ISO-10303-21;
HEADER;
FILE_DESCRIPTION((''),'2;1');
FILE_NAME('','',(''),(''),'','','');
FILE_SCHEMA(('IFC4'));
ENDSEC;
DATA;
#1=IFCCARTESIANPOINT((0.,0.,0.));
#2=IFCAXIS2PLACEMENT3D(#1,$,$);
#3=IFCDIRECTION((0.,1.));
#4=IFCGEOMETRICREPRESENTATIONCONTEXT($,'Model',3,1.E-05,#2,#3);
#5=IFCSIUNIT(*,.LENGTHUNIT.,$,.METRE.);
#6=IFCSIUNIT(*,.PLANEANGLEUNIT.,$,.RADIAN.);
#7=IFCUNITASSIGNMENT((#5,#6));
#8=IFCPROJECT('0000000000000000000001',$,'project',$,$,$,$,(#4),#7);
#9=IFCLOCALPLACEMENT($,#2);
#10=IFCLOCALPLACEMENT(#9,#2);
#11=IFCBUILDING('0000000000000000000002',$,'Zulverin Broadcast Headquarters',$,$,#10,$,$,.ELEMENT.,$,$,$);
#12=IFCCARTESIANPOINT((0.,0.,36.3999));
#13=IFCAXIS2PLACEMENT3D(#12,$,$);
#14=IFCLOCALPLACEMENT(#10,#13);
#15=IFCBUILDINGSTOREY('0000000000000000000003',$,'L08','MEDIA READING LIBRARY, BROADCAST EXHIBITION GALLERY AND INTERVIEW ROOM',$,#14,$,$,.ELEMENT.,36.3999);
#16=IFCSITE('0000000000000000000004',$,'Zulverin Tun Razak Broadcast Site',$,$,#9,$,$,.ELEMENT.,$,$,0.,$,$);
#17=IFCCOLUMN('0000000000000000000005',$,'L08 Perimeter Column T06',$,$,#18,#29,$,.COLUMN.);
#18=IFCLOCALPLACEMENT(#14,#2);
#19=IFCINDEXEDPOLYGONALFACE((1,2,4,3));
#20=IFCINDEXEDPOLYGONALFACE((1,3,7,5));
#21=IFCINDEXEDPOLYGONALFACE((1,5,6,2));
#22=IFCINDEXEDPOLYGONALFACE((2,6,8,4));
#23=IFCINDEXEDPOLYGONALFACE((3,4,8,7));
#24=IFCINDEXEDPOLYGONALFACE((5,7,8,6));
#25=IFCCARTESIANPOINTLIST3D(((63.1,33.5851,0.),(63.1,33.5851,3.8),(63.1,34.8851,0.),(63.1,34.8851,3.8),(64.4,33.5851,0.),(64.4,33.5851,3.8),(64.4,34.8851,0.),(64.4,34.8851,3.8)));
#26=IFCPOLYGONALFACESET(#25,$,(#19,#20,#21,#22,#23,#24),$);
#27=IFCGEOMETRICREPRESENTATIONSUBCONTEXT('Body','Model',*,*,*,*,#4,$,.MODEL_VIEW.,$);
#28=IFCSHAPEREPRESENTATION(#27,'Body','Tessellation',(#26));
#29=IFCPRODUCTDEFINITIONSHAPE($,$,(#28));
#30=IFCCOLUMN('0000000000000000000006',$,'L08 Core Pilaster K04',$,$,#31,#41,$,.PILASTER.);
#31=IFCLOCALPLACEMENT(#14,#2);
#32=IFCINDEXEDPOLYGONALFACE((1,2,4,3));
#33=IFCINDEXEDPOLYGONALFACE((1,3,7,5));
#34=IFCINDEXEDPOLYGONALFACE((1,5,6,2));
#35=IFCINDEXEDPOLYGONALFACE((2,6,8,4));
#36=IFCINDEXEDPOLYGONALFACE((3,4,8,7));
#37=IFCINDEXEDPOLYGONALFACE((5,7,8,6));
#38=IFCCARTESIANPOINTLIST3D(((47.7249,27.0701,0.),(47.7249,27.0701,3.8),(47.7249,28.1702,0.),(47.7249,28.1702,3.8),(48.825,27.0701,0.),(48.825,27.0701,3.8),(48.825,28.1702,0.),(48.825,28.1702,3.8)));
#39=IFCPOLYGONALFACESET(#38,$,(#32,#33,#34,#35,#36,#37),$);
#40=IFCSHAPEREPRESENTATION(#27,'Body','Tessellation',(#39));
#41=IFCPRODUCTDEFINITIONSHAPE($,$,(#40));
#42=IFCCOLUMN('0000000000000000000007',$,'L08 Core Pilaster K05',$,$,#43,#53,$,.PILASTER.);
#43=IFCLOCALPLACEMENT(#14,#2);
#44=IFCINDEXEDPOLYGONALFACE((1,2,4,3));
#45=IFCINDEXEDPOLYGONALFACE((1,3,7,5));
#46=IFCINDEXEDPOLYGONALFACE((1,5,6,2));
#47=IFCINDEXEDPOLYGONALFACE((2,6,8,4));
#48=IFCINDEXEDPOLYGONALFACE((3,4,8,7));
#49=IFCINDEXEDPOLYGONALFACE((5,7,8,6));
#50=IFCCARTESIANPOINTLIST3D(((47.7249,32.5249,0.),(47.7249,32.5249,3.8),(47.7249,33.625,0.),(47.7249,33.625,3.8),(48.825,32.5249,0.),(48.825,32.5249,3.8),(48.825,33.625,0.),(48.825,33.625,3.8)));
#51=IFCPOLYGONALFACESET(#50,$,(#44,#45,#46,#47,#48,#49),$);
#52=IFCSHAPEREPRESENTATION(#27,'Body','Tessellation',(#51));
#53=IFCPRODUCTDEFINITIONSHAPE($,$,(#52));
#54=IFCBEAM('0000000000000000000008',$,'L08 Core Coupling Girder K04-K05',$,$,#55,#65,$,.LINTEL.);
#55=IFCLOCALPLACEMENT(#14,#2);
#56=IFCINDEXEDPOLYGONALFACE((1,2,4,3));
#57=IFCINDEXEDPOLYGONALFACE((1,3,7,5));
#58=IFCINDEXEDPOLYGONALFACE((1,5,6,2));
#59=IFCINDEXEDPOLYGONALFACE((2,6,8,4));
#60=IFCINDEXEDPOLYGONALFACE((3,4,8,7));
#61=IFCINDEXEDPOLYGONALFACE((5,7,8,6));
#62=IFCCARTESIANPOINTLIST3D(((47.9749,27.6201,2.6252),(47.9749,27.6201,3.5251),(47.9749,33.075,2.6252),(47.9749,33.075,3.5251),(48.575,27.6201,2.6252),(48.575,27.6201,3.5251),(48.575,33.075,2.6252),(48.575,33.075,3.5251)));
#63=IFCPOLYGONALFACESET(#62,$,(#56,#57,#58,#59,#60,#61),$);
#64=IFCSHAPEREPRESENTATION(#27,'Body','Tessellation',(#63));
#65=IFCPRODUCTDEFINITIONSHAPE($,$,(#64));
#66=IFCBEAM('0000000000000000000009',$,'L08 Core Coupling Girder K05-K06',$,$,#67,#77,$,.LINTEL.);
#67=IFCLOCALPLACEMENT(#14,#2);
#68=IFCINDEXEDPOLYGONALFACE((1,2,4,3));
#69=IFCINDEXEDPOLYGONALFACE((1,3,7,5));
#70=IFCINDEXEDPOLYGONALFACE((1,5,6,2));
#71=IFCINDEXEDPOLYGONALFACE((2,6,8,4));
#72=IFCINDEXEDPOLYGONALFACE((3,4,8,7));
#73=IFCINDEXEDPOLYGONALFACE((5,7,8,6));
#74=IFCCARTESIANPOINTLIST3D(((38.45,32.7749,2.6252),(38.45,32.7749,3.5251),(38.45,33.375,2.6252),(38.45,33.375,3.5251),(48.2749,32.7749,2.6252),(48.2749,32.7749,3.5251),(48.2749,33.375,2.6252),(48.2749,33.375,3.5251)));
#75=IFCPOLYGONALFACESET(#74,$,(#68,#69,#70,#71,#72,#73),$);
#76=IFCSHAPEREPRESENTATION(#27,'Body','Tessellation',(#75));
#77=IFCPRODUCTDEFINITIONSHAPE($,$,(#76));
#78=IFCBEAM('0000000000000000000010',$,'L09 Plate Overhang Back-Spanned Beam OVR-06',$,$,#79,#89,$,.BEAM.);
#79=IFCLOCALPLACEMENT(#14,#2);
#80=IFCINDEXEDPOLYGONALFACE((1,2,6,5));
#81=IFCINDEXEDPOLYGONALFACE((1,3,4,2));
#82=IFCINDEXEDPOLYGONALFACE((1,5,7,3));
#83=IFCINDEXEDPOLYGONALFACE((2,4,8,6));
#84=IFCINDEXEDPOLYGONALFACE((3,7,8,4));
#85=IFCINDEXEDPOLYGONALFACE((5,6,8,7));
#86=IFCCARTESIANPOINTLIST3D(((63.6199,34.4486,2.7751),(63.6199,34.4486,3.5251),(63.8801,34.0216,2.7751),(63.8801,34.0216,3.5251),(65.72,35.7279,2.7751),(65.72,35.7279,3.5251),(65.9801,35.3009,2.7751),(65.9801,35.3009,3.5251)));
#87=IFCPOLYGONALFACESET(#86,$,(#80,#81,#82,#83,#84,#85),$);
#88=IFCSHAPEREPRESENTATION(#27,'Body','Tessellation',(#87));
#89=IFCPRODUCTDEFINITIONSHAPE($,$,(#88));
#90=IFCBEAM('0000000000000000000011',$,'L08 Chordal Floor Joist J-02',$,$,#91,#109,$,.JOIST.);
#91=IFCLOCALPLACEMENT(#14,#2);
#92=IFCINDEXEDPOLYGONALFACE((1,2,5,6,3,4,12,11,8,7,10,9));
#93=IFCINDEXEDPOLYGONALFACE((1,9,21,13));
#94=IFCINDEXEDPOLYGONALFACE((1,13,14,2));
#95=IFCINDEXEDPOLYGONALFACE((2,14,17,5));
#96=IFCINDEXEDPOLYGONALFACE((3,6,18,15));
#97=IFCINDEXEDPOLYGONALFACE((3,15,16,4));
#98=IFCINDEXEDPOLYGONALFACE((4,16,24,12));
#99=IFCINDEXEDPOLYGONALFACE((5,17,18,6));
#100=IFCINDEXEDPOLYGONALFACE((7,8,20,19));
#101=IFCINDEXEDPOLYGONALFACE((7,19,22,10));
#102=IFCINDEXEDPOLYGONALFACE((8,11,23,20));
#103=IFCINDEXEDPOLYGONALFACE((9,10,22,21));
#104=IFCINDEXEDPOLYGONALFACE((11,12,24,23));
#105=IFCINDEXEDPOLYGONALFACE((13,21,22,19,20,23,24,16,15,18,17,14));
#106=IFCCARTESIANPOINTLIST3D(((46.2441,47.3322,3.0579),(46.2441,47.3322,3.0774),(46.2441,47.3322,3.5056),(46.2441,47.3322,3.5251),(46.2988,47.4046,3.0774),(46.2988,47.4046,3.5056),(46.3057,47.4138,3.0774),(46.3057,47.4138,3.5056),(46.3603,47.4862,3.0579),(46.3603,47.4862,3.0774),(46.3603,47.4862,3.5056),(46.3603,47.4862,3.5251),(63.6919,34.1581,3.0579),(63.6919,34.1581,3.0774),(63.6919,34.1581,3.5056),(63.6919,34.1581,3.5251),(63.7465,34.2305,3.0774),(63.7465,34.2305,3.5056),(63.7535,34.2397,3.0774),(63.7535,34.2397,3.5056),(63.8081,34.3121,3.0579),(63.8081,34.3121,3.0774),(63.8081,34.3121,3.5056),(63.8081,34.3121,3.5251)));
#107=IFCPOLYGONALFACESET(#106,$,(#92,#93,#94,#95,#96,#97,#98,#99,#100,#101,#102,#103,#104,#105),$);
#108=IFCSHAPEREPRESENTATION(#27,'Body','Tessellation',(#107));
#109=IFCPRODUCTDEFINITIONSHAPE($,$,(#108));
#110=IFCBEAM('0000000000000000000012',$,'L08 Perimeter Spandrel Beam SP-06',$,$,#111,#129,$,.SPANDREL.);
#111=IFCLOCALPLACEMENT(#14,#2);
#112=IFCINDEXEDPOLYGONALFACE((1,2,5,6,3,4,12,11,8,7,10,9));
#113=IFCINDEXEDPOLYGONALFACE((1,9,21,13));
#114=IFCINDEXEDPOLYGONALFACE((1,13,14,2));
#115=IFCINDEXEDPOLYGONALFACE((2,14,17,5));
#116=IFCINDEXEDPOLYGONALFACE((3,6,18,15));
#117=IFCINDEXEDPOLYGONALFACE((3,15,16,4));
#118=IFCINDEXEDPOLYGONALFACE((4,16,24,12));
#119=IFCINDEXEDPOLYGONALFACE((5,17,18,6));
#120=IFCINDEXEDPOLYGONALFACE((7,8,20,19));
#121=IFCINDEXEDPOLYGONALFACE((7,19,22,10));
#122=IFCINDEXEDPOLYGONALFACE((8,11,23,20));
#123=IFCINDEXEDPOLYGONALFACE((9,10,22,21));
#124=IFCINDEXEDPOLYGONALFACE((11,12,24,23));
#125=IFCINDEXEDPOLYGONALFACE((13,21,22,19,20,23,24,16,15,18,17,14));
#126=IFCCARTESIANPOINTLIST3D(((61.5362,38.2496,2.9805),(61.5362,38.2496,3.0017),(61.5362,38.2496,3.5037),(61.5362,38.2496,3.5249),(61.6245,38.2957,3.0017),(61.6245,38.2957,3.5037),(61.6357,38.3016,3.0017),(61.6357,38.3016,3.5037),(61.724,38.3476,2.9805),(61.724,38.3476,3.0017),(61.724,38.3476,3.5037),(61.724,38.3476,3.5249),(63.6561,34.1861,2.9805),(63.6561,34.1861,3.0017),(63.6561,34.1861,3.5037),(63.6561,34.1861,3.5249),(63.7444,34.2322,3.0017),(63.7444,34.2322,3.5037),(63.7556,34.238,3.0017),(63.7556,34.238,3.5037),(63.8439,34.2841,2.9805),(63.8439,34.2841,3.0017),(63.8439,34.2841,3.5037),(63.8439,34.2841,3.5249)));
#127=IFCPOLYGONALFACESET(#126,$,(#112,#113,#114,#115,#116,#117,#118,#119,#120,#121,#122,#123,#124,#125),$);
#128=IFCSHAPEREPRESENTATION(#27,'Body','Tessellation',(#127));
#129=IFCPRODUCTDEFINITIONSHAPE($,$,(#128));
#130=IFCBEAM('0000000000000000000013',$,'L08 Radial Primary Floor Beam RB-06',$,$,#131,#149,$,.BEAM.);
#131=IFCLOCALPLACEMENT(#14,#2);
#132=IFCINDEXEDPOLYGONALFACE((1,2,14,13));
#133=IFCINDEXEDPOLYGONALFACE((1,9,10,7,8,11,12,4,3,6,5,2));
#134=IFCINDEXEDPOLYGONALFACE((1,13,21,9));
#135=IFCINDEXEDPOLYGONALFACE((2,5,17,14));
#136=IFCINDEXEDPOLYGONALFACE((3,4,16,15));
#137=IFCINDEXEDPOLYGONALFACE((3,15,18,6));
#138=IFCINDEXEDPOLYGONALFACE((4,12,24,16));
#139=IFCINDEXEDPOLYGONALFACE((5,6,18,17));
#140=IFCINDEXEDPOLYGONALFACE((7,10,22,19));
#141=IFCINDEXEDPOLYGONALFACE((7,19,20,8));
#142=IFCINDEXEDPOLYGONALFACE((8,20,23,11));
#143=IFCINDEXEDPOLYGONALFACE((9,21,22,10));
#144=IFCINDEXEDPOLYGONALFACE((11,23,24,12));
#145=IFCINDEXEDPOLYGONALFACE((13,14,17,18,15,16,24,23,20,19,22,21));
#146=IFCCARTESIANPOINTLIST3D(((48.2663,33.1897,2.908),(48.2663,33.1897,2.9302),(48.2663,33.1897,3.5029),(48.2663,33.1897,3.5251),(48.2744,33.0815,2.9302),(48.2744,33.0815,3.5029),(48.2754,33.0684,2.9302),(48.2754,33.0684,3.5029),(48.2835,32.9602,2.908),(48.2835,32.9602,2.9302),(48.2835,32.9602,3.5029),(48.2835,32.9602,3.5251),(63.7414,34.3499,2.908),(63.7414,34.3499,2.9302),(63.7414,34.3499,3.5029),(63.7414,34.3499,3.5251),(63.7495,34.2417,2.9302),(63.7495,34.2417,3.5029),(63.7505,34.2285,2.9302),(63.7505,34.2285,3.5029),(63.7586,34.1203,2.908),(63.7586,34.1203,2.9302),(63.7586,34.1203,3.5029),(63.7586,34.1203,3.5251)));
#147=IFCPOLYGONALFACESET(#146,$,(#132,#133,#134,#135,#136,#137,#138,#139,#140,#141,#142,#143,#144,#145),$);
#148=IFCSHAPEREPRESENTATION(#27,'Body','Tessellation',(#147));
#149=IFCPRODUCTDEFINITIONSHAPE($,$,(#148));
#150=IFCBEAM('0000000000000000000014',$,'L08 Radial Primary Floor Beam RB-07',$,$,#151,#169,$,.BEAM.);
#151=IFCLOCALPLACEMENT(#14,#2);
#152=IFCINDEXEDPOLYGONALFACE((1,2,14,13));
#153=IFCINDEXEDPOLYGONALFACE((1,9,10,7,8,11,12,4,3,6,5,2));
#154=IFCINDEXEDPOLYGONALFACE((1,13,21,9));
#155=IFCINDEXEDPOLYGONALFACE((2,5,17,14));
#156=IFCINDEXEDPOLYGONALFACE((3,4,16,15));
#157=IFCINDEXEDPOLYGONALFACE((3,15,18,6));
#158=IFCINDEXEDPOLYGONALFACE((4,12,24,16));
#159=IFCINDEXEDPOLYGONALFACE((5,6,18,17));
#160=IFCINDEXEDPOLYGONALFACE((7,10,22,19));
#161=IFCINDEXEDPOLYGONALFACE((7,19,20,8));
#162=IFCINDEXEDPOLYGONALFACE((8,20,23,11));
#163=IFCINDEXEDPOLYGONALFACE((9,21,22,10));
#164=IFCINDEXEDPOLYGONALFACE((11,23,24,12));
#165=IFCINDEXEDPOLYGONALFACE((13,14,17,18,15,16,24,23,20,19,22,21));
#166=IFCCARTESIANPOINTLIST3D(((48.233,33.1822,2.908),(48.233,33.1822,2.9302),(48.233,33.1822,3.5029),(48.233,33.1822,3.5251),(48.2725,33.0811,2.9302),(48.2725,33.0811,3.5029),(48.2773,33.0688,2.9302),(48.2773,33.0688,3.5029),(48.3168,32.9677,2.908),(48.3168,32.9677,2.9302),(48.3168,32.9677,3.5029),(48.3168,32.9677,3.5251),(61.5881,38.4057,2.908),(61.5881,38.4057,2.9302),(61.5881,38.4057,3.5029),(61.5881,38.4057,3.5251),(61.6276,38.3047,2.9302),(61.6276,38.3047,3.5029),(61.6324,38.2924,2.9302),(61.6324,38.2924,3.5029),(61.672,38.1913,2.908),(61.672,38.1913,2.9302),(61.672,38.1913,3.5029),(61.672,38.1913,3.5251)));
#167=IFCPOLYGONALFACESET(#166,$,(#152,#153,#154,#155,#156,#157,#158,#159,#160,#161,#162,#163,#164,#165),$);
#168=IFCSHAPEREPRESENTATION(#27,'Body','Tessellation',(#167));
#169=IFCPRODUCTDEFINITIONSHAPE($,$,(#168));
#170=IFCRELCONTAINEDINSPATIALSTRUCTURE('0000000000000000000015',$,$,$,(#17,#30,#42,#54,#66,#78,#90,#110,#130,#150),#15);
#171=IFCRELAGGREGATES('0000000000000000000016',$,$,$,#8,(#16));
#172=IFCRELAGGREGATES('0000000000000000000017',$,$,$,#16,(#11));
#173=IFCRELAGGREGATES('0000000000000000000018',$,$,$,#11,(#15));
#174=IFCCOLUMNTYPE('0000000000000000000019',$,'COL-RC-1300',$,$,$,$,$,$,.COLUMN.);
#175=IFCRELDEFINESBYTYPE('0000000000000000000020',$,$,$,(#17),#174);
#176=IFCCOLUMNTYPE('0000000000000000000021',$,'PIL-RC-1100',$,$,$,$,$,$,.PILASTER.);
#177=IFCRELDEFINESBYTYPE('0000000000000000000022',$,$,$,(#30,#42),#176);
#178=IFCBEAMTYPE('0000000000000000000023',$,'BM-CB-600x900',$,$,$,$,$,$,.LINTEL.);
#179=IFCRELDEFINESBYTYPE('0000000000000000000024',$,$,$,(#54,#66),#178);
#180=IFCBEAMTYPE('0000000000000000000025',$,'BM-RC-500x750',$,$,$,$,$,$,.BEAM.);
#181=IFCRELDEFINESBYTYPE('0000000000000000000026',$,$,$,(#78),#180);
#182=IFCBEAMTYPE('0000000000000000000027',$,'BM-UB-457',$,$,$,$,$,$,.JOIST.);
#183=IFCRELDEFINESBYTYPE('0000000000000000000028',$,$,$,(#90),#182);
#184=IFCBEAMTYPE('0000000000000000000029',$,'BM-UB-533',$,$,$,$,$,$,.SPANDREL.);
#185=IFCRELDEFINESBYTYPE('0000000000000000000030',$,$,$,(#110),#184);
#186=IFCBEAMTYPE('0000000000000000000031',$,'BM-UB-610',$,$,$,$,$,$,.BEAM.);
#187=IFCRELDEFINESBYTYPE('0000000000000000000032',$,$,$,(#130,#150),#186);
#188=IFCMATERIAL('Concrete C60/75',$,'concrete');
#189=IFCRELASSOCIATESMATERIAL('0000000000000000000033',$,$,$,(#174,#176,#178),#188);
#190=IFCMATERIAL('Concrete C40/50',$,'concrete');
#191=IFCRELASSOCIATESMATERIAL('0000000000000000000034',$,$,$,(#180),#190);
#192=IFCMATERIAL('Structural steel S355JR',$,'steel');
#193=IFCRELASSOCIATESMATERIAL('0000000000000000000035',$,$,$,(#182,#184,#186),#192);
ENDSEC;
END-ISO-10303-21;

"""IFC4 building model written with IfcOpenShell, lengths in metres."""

from ifc_helpers import new_model, si_unit, direction, frame, origin, origin_2d, place, context, subcontext, project, spatial, rectangle, i_section, extrude, material, material_profile, profile_set, type_object, element, save


model = new_model("IFC4")

# Units and contexts
model_context = context("Model", 3, precision=1e-05, world=origin(), true_north=direction((0.0, 1.0)))
body_context = subcontext(model_context, "Body", "Model", "MODEL_VIEW")
ifc_project = project(units=[si_unit("LENGTHUNIT", "METRE"), si_unit("PLANEANGLEUNIT", "RADIAN")], contexts=[model_context])

# Site, building, storey
site_placement = place(None, origin())
site = spatial("IfcSite", under=ifc_project, at=site_placement, Name="Zulverin Tun Razak Broadcast Site", CompositionType="ELEMENT", RefElevation=0.0)
building_placement = place(site_placement, origin())
building = spatial("IfcBuilding", under=site, at=building_placement, Name="Zulverin Broadcast Headquarters", CompositionType="ELEMENT")
storey_placement = place(building_placement, frame((0.0, 0.0, 36.3999)))
storey = spatial("IfcBuildingStorey", under=building, at=storey_placement, Name="L08", Description="MEDIA READING LIBRARY, BROADCAST EXHIBITION GALLERY AND INTERVIEW ROOM", CompositionType="ELEMENT", Elevation=36.3999)

# Columns
ifc_material_1 = material(Name="Concrete C60/75", Category="concrete")
ifc_material_profile_1 = material_profile(ifc_material_1, rectangle(XDim=1.3, YDim=1.3, at=origin_2d()), Name="Concrete C60/75", Category="concrete")
ifc_profile_set_1 = profile_set([ifc_material_profile_1], Name="Concrete C60/75")
column_type_1 = type_object("IfcColumnType", Name="COL-RC-1300", PredefinedType="COLUMN", material=ifc_profile_set_1)
column_placement = place(storey_placement, frame((63.75, 34.2351, 0.0), z_axis=(0.0, 0.0, 1.0), x_axis=(1.0, 0.0, 0.0)))
element("IfcColumn", 1, at=column_placement, inside=storey, type_object=column_type_1, Name="L08 Perimeter Column T06", PredefinedType="COLUMN", context=body_context, shape_type="SweptSolid", body=[
    extrude(rectangle(XDim=1.3, YDim=1.3, at=origin_2d()), origin(), (0.0, 0.0, 1.0), 3.8),
])
ifc_material_profile_2 = material_profile(ifc_material_1, rectangle(XDim=1.1001, YDim=1.1001, at=origin_2d()), Name="Concrete C60/75", Category="concrete")
ifc_profile_set_2 = profile_set([ifc_material_profile_2], Name="Concrete C60/75")
column_type_2 = type_object("IfcColumnType", Name="PIL-RC-1100", PredefinedType="PILASTER", material=ifc_profile_set_2)
for number, where, z_axis, x_axis, name in (
    (2, (48.2749, 27.6201, 0.0), (0.0, 0.0, 1.0), (1.0, 0.0, 0.0), "L08 Core Pilaster K04"),
    (3, (48.2749, 33.075, 0.0), (0.0, 0.0, 1.0), (1.0, 0.0, 0.0), "L08 Core Pilaster K05"),
):
    element("IfcColumn", number, at=place(storey_placement, frame(where, z_axis=z_axis, x_axis=x_axis)), inside=storey, type_object=column_type_2, Name=name, PredefinedType="PILASTER", context=body_context, shape_type="SweptSolid", body=[
        extrude(rectangle(XDim=1.1001, YDim=1.1001, at=origin_2d()), origin(), (0.0, 0.0, 1.0), 3.8),
    ])

# Beams
ifc_material_profile_3 = material_profile(ifc_material_1, rectangle(XDim=0.6001, YDim=0.8999, at=origin_2d()), Name="Concrete C60/75", Category="concrete")
ifc_profile_set_3 = profile_set([ifc_material_profile_3], Name="Concrete C60/75")
beam_type_1 = type_object("IfcBeamType", Name="BM-CB-600x900", PredefinedType="LINTEL", material=ifc_profile_set_3)
beam_1_placement = place(storey_placement, frame((48.2749, 27.6201, 3.0752), z_axis=(0.0, 1.0, 0.0), x_axis=(-1.0, 0.0, 0.0)))
element("IfcBeam", 4, at=beam_1_placement, inside=storey, type_object=beam_type_1, Name="L08 Core Coupling Girder K04-K05", PredefinedType="LINTEL", context=body_context, shape_type="SweptSolid", body=[
    extrude(rectangle(XDim=0.6001, YDim=0.8999, at=origin_2d()), origin(), (0.0, 0.0, 1.0), 5.4548),
])
beam_2_placement = place(storey_placement, frame((48.2749, 33.075, 3.0752), z_axis=(-1.0, 0.0, 0.0), x_axis=(0.0, -1.0, 0.0)))
element("IfcBeam", 5, at=beam_2_placement, inside=storey, type_object=beam_type_1, Name="L08 Core Coupling Girder K05-K06", PredefinedType="LINTEL", context=body_context, shape_type="SweptSolid", body=[
    extrude(rectangle(XDim=0.6001, YDim=0.8999, at=origin_2d()), origin(), (0.0, 0.0, 1.0), 9.825),
])
ifc_material_2 = material(Name="Concrete C40/50", Category="concrete")
ifc_material_profile_4 = material_profile(ifc_material_2, rectangle(XDim=0.5, YDim=0.75, at=origin_2d()), Name="Concrete C40/50", Category="concrete")
ifc_profile_set_4 = profile_set([ifc_material_profile_4], Name="Concrete C40/50")
beam_type_2 = type_object("IfcBeamType", Name="BM-RC-500x750", PredefinedType="BEAM", material=ifc_profile_set_4)
beam_3_placement = place(storey_placement, frame((63.75, 34.2351, 3.1501), z_axis=(0.854022, 0.520237, 0.0), x_axis=(-0.520237, 0.854022, 0.0)))
element("IfcBeam", 6, at=beam_3_placement, inside=storey, type_object=beam_type_2, Name="L09 Plate Overhang Back-Spanned Beam OVR-06", PredefinedType="BEAM", context=body_context, shape_type="SweptSolid", body=[
    extrude(rectangle(XDim=0.5, YDim=0.75, at=origin_2d()), origin(), (0.0, 0.0, 1.0), 2.459),
])
ifc_material_3 = material(Name="Structural steel S355JR", Category="steel")
ifc_material_profile_5 = material_profile(ifc_material_3, i_section(OverallWidth=0.1929, OverallDepth=0.4673, WebThickness=0.0115, FlangeThickness=0.0195, at=origin_2d()), Name="Structural steel S355JR", Category="steel")
ifc_profile_set_5 = profile_set([ifc_material_profile_5], Name="Structural steel S355JR")
beam_type_3 = type_object("IfcBeamType", Name="BM-UB-457", PredefinedType="JOIST", material=ifc_profile_set_5)
beam_4_placement = place(storey_placement, frame((63.75, 34.2351, 3.2915), z_axis=(-0.798058, 0.60258, 0.0), x_axis=(-0.60258, -0.798058, 0.0)))
element("IfcBeam", 7, at=beam_4_placement, inside=storey, type_object=beam_type_3, Name="L08 Chordal Floor Joist J-02", PredefinedType="JOIST", context=body_context, shape_type="SweptSolid", body=[
    extrude(i_section(OverallWidth=0.1929, OverallDepth=0.4673, WebThickness=0.0115, FlangeThickness=0.0195, at=origin_2d()), origin(), (0.0, 0.0, 1.0), 21.8628),
])
ifc_material_profile_6 = material_profile(ifc_material_3, i_section(OverallWidth=0.2119, OverallDepth=0.5444, WebThickness=0.0127, FlangeThickness=0.0212, at=origin_2d()), Name="Structural steel S355JR", Category="steel")
ifc_profile_set_6 = profile_set([ifc_material_profile_6], Name="Structural steel S355JR")
beam_type_4 = type_object("IfcBeamType", Name="BM-UB-533", PredefinedType="SPANDREL", material=ifc_profile_set_6)
beam_5_placement = place(storey_placement, frame((63.75, 34.2351, 3.2527), z_axis=(-0.462531, 0.886603, 0.0), x_axis=(-0.886603, -0.462531, 0.0)))
element("IfcBeam", 8, at=beam_5_placement, inside=storey, type_object=beam_type_4, Name="L08 Perimeter Spandrel Beam SP-06", PredefinedType="SPANDREL", context=body_context, shape_type="SweptSolid", body=[
    extrude(i_section(OverallWidth=0.2119, OverallDepth=0.5444, WebThickness=0.0127, FlangeThickness=0.0212, at=origin_2d()), origin(), (0.0, 0.0, 1.0), 4.5833),
])
ifc_material_profile_7 = material_profile(ifc_material_3, i_section(OverallWidth=0.2302, OverallDepth=0.6172, WebThickness=0.0132, FlangeThickness=0.0222, at=origin_2d()), Name="Structural steel S355JR", Category="steel")
ifc_profile_set_7 = profile_set([ifc_material_profile_7], Name="Structural steel S355JR")
beam_type_5 = type_object("IfcBeamType", Name="BM-UB-610", PredefinedType="BEAM", material=ifc_profile_set_7)
beam_6_placement = place(storey_placement, frame((48.2749, 33.075, 3.2166), z_axis=(0.997202, 0.074759, 0.0), x_axis=(-0.074759, 0.997202, 0.0)))
element("IfcBeam", 9, at=beam_6_placement, inside=storey, type_object=beam_type_5, Name="L08 Radial Primary Floor Beam RB-06", PredefinedType="BEAM", context=body_context, shape_type="SweptSolid", body=[
    extrude(i_section(OverallWidth=0.2302, OverallDepth=0.6172, WebThickness=0.0132, FlangeThickness=0.0222, at=origin_2d()), origin(), (0.0, 0.0, 1.0), 15.5186),
])
beam_7_placement = place(storey_placement, frame((48.2749, 33.075, 3.2166), z_axis=(0.931298, 0.364259, 0.0), x_axis=(-0.364259, 0.931298, 0.0)))
element("IfcBeam", 10, at=beam_7_placement, inside=storey, type_object=beam_type_5, Name="L08 Radial Primary Floor Beam RB-07", PredefinedType="BEAM", context=body_context, shape_type="SweptSolid", body=[
    extrude(i_section(OverallWidth=0.2302, OverallDepth=0.6172, WebThickness=0.0132, FlangeThickness=0.0222, at=origin_2d()), origin(), (0.0, 0.0, 1.0), 14.3403),
])

save(model, "model.ifc")
